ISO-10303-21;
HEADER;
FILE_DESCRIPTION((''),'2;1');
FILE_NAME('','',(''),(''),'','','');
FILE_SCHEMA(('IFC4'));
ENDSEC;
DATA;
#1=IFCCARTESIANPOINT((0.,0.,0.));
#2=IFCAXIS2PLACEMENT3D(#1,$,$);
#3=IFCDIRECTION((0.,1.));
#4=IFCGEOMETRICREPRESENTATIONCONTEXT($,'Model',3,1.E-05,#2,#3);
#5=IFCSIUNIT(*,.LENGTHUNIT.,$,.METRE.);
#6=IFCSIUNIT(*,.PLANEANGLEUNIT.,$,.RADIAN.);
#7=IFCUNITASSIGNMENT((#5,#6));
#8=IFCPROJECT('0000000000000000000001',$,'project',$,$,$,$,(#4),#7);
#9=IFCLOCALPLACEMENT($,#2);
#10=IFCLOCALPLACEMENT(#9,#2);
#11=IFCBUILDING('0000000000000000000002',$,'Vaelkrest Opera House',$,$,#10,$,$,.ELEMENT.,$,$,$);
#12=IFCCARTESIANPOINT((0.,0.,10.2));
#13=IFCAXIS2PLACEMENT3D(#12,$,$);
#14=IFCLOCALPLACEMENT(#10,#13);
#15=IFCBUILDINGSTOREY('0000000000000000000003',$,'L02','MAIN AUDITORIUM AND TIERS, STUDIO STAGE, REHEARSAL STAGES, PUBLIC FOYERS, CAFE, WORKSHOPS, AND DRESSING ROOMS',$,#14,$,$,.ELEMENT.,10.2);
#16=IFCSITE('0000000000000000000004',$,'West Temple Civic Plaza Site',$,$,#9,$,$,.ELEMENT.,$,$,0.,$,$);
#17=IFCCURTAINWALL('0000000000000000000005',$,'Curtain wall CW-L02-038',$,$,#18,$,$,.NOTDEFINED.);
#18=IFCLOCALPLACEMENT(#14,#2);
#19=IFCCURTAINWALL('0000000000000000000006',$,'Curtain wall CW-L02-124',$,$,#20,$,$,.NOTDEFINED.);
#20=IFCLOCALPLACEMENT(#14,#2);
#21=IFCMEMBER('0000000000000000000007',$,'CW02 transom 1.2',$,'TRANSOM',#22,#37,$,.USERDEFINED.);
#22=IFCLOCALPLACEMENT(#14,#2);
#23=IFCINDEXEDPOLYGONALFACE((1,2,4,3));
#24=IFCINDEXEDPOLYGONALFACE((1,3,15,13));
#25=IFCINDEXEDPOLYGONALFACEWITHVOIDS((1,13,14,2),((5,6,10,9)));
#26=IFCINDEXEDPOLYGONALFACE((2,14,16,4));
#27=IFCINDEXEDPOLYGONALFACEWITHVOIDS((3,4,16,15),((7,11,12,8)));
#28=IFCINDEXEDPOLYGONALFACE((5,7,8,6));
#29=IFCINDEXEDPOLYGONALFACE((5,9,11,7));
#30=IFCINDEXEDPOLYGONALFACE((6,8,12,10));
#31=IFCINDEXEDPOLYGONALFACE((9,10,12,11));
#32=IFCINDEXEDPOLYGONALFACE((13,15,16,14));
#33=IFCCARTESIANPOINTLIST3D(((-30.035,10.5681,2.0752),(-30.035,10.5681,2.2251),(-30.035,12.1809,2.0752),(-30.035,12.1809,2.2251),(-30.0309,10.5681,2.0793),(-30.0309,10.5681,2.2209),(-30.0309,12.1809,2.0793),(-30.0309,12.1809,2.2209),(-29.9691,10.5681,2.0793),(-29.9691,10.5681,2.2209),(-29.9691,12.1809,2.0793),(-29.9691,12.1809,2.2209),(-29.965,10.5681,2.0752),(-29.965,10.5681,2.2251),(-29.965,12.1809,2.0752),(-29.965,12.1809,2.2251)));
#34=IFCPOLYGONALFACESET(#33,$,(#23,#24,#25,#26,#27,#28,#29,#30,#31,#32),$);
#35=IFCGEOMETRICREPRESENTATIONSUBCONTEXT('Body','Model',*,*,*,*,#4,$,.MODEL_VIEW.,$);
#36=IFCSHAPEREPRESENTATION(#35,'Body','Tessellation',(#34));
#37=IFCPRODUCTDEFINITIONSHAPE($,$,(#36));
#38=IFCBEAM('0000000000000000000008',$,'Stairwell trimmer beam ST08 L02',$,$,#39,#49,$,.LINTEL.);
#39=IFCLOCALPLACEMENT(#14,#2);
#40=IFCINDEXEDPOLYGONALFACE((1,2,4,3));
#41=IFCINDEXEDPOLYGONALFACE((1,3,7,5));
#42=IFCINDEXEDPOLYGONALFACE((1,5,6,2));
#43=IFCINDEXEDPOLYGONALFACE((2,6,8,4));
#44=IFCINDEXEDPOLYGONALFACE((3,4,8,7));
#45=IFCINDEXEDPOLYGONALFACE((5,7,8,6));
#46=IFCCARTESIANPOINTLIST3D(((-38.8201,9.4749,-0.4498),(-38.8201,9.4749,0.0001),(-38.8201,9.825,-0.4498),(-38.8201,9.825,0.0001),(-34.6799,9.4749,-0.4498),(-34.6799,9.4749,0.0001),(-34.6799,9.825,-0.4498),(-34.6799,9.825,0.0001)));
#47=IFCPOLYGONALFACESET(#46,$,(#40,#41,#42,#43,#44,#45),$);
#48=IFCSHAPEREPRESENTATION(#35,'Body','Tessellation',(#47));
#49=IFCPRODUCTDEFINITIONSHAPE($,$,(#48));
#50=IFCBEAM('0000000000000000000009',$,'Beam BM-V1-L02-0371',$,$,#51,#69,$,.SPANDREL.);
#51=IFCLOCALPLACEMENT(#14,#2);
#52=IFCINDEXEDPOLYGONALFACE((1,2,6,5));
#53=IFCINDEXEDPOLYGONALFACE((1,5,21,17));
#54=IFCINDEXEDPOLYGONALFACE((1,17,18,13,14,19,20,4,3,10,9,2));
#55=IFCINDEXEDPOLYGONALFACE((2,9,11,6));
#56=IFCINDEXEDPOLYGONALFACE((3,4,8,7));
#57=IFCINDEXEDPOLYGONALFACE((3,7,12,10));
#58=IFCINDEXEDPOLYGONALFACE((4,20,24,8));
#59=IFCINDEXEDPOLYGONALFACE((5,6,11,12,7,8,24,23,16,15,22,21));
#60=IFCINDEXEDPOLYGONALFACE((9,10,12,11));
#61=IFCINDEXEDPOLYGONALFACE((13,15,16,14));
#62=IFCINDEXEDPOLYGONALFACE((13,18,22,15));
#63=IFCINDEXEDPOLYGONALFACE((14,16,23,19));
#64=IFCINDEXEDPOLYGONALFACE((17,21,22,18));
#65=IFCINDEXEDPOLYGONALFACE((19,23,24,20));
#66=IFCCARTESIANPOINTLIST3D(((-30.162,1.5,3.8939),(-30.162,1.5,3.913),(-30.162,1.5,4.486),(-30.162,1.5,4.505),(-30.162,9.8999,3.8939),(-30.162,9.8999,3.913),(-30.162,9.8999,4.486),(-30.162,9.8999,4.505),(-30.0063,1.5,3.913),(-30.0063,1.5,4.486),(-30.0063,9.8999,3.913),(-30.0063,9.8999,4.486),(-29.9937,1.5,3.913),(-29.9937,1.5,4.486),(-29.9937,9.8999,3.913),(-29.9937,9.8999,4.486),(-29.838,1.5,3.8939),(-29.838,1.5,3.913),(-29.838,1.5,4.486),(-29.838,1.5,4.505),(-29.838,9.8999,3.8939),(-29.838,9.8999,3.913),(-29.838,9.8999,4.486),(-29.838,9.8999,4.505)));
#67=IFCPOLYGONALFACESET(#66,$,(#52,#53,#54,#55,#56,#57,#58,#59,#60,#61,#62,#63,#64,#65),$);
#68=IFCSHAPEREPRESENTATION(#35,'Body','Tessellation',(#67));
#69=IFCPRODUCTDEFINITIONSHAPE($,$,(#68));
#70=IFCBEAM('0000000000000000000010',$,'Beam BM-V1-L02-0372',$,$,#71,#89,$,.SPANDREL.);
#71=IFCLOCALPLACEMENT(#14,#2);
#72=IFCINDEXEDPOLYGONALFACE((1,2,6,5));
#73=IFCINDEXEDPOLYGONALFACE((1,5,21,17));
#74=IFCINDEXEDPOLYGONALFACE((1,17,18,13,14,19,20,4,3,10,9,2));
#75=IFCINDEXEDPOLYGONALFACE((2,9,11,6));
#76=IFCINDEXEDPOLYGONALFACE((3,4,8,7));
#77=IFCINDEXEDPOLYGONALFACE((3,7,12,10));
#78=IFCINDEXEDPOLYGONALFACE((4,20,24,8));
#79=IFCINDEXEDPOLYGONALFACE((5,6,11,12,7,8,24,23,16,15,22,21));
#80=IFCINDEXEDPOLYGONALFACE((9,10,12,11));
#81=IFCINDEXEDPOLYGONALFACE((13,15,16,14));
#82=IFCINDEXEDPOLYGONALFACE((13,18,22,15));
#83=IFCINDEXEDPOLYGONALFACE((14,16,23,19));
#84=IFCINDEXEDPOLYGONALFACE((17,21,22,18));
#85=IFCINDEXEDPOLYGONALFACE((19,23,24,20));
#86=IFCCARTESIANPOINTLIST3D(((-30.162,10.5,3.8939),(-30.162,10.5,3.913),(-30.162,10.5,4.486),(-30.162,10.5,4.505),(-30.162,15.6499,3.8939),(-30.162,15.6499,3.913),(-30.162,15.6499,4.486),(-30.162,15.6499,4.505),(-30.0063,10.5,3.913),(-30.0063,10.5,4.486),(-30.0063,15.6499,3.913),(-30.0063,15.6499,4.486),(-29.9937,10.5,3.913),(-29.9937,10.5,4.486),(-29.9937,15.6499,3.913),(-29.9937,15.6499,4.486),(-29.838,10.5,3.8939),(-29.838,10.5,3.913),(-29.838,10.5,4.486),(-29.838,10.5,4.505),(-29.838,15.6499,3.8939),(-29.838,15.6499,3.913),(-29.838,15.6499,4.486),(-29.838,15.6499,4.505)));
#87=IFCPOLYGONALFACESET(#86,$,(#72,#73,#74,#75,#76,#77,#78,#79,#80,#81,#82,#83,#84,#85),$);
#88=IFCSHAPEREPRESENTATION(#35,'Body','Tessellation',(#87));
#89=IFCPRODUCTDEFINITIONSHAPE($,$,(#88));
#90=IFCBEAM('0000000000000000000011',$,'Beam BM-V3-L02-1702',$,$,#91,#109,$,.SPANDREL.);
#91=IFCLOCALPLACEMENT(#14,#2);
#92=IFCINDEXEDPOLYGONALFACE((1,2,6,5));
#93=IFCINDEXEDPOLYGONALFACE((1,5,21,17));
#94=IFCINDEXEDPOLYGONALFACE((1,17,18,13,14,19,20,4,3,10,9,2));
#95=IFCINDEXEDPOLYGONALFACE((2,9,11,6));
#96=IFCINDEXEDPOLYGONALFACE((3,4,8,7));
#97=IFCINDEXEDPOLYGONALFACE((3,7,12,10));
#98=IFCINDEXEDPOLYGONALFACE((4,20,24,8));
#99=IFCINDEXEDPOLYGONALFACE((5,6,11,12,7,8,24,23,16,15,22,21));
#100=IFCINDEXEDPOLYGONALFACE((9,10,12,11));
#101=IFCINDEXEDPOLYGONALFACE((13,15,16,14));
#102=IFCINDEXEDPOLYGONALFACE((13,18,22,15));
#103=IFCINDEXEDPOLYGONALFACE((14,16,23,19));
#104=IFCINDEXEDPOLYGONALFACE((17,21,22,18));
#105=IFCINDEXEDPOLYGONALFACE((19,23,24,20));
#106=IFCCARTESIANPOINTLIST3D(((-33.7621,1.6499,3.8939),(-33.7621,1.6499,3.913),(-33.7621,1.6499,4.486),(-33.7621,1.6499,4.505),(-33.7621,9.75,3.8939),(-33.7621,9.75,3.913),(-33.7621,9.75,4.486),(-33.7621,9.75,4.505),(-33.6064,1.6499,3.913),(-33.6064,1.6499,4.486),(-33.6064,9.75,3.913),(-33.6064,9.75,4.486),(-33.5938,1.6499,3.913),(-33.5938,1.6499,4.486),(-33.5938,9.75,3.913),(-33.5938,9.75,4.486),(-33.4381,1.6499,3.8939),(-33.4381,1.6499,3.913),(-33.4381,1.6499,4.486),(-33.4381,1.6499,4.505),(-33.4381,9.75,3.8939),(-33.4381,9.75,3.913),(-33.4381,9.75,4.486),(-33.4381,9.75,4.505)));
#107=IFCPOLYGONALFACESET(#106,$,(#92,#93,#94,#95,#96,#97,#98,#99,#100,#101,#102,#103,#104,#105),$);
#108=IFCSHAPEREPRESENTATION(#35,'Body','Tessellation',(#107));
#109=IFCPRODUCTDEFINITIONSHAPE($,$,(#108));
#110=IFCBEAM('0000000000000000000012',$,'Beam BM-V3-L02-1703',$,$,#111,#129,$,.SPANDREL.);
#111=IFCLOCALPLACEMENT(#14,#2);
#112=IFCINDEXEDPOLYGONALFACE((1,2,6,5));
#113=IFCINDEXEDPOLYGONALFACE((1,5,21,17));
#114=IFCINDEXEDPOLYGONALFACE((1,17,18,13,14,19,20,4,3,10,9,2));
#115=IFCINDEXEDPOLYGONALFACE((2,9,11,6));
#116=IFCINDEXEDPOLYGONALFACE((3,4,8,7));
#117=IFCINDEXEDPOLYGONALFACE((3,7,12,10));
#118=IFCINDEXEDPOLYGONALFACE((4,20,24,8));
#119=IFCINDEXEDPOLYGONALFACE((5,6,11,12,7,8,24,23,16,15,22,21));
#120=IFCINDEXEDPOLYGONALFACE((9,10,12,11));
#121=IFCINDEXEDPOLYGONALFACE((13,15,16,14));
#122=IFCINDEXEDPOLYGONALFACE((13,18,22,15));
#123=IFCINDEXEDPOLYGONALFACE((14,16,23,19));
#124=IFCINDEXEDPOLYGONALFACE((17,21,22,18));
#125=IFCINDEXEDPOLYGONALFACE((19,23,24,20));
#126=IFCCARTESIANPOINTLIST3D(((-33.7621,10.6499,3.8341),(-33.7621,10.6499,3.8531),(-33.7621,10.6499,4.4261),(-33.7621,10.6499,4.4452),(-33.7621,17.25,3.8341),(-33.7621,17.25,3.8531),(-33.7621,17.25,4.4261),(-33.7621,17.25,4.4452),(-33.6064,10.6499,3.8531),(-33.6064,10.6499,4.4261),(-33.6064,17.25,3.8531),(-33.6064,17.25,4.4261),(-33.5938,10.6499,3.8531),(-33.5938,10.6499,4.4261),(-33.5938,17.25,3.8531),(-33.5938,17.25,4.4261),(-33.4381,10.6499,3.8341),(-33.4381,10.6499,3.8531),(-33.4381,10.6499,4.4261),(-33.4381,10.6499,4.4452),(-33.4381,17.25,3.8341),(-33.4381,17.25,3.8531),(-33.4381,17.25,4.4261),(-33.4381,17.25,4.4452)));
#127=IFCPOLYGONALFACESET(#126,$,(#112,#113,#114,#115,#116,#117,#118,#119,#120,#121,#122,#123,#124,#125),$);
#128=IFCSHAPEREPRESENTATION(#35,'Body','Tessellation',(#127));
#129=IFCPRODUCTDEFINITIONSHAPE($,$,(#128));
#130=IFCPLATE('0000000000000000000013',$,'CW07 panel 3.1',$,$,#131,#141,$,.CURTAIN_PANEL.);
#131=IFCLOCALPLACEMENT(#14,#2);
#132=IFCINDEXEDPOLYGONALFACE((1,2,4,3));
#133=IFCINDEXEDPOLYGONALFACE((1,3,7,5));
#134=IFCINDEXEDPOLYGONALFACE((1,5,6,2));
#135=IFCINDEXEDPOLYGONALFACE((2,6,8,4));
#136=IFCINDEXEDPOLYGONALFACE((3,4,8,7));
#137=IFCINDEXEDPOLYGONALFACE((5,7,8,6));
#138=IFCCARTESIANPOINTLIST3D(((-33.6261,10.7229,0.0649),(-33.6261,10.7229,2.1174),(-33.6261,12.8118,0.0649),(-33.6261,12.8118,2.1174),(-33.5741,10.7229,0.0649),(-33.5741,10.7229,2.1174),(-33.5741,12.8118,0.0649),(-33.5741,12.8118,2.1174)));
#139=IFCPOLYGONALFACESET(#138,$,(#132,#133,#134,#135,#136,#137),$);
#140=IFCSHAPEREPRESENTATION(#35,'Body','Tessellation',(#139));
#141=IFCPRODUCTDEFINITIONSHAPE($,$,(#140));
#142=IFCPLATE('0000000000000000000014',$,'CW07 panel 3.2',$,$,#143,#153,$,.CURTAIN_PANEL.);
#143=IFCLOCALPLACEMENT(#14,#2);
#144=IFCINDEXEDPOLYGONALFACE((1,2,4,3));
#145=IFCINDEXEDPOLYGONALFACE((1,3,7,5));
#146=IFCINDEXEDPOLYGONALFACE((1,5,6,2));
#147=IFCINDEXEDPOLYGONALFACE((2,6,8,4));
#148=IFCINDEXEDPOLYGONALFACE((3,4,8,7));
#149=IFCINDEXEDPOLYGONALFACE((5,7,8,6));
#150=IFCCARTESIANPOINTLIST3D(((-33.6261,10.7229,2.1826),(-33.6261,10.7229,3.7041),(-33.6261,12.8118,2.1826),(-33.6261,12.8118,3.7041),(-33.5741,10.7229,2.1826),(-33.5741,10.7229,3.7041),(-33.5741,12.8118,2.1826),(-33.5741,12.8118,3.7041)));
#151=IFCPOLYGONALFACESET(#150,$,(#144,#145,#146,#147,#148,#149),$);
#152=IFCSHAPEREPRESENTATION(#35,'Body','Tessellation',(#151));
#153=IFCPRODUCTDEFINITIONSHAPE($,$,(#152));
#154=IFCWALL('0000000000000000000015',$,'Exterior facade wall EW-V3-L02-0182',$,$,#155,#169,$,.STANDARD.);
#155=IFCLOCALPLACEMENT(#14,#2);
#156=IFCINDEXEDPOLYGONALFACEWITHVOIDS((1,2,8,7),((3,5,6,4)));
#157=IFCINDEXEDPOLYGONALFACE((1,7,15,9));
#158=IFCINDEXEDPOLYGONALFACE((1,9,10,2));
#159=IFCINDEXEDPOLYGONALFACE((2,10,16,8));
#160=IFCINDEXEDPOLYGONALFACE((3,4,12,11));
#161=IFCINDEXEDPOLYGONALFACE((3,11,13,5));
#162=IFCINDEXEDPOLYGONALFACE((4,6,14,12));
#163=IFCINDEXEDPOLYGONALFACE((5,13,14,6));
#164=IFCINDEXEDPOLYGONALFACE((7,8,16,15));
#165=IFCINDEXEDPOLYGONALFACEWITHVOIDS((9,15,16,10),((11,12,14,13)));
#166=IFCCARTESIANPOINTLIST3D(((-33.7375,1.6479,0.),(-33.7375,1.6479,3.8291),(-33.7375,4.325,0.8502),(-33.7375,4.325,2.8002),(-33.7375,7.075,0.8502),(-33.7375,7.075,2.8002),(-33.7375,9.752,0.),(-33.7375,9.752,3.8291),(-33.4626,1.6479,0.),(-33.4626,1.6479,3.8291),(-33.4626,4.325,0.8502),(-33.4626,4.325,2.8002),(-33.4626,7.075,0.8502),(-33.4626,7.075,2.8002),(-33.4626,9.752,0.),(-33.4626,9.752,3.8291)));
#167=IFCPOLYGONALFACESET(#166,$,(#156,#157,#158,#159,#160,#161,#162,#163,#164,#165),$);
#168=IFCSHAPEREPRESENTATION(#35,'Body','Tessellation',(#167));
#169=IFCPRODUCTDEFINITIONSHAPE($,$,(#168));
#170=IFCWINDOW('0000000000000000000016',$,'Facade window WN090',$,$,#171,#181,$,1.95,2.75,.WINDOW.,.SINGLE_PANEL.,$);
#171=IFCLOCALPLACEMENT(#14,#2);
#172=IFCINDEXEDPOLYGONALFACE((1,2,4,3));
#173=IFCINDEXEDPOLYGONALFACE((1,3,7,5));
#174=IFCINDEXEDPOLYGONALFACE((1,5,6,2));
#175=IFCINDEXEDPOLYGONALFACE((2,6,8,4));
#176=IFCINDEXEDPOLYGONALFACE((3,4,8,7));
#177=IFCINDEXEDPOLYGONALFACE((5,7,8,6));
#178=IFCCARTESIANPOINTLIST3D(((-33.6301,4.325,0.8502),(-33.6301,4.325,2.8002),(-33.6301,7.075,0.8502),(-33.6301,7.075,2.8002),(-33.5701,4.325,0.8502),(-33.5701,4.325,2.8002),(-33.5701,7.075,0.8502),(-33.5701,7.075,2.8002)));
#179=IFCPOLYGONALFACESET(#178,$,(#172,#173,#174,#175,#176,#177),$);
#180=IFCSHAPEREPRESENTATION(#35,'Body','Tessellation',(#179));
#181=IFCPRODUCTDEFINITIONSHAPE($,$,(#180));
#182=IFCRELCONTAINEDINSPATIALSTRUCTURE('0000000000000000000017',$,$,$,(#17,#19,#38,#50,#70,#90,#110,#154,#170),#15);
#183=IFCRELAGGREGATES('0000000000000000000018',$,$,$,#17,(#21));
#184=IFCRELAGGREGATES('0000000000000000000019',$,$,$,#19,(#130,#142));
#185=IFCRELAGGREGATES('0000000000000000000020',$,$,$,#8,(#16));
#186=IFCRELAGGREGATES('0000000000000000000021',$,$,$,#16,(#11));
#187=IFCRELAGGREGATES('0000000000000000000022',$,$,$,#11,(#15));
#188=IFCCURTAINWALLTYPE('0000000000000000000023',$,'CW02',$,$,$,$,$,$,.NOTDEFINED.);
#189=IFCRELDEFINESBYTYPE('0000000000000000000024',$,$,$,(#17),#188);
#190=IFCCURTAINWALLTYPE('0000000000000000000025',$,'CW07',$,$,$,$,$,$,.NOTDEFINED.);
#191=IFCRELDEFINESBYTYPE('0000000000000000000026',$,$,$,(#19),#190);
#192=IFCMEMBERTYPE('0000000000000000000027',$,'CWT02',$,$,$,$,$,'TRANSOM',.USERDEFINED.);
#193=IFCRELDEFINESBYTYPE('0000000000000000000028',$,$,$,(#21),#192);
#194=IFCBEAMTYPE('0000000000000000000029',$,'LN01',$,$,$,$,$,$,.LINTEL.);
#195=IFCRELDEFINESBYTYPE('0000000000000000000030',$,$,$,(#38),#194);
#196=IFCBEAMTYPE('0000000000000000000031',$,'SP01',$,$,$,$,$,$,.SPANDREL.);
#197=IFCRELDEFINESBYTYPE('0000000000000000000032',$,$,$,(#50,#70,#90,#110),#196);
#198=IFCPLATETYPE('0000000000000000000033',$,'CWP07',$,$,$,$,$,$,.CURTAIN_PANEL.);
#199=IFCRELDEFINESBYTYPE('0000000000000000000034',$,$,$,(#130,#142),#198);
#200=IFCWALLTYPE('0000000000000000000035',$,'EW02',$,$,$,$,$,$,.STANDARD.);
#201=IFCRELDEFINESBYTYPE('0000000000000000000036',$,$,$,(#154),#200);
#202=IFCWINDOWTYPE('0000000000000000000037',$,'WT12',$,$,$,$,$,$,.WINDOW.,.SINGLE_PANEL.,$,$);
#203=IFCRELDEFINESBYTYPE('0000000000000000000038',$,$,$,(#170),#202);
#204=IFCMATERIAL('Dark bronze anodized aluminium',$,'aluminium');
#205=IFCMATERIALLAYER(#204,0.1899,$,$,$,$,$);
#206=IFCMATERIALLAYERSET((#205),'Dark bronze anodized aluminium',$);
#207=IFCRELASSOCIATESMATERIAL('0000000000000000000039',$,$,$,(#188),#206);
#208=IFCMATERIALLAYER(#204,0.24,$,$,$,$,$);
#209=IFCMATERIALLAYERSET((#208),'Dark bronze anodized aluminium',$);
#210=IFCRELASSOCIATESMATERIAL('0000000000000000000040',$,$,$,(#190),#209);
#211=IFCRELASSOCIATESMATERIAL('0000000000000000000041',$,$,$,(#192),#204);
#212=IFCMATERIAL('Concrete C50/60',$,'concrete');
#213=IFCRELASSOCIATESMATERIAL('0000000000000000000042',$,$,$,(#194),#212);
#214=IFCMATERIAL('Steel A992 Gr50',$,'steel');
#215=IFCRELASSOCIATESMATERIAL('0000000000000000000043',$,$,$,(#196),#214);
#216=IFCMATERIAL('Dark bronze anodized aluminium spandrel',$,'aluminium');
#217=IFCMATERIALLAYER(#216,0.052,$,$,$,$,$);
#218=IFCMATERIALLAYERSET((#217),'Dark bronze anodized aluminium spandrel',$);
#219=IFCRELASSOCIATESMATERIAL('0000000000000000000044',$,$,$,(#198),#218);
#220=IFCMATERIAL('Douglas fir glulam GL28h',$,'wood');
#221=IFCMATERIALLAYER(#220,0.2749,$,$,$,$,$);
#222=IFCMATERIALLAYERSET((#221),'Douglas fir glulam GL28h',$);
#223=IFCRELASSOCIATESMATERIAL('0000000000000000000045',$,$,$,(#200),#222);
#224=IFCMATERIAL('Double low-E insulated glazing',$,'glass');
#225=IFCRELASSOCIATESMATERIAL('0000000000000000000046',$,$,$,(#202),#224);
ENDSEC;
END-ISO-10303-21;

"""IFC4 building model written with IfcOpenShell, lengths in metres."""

from ifc_helpers import new_model, si_unit, direction, frame, frame_2d, origin, origin_2d, place, context, subcontext, project, spatial, rectangle, hollow_rectangle, i_section, extrude, material, layer, layer_set, material_profile, profile_set, type_object, element, fill, aggregate, save


model = new_model("IFC4")

# Units and contexts
model_context = context("Model", 3, precision=1e-05, world=origin(), true_north=direction((0.0, 1.0)))
body_context = subcontext(model_context, "Body", "Model", "MODEL_VIEW")
ifc_project = project(units=[si_unit("LENGTHUNIT", "METRE"), si_unit("PLANEANGLEUNIT", "RADIAN")], contexts=[model_context])

# Site, building, storey
site_placement = place(None, origin())
site = spatial("IfcSite", under=ifc_project, at=site_placement, Name="West Temple Civic Plaza Site", CompositionType="ELEMENT", RefElevation=0.0)
building_placement = place(site_placement, origin())
building = spatial("IfcBuilding", under=site, at=building_placement, Name="Vaelkrest Opera House", CompositionType="ELEMENT")
storey_placement = place(building_placement, frame((0.0, 0.0, 10.2)))
storey = spatial("IfcBuildingStorey", under=building, at=storey_placement, Name="L02", Description="MAIN AUDITORIUM AND TIERS, STUDIO STAGE, REHEARSAL STAGES, PUBLIC FOYERS, CAFE, WORKSHOPS, AND DRESSING ROOMS", CompositionType="ELEMENT", Elevation=10.2)

# Shared definitions
ifc_material_1 = material(Name="Concrete C50/60", Category="concrete")

# Shared definitions
ifc_material_2 = material(Name="Steel A992 Gr50", Category="steel")

# Curtain wall
ifc_material_3 = material(Name="Dark bronze anodized aluminium", Category="aluminium")
ifc_layer_1 = layer(ifc_material_3, 0.1899)
ifc_layer_set_1 = layer_set([ifc_layer_1], Name="Dark bronze anodized aluminium")
curtain_wall_type_1 = type_object("IfcCurtainWallType", Name="CW02", PredefinedType="NOTDEFINED", material=ifc_layer_set_1)
curtain_wall_1_placement = place(storey_placement, origin())
curtain_wall_1 = element("IfcCurtainWall", 1, at=curtain_wall_1_placement, inside=storey, type_object=curtain_wall_type_1, Name="Curtain wall CW-L02-038", PredefinedType="NOTDEFINED")

# Curtain wall
ifc_layer_2 = layer(ifc_material_3, 0.24)
ifc_layer_set_2 = layer_set([ifc_layer_2], Name="Dark bronze anodized aluminium")
curtain_wall_type_2 = type_object("IfcCurtainWallType", Name="CW07", PredefinedType="NOTDEFINED", material=ifc_layer_set_2)
curtain_wall_2_placement = place(storey_placement, origin())
curtain_wall_2 = element("IfcCurtainWall", 2, at=curtain_wall_2_placement, inside=storey, type_object=curtain_wall_type_2, Name="Curtain wall CW-L02-124", PredefinedType="NOTDEFINED")

# Member
ifc_material_profile_1 = material_profile(ifc_material_3, hollow_rectangle(XDim=0.0701, YDim=0.1499, WallThickness=0.0042, at=origin_2d()), Name="CWT70X150")
ifc_profile_set_1 = profile_set([ifc_material_profile_1], Name="Dark bronze anodized aluminium")
member_type_1 = type_object("IfcMemberType", Name="CWT02", ElementType="TRANSOM", PredefinedType="USERDEFINED", material=ifc_profile_set_1)
member_1_placement = place(storey_placement, frame((-30.0, 10.5681, 2.1501), z_axis=(0.0, 1.0, 0.0), x_axis=(-1.0, 0.0, 0.0)))
member_1 = element("IfcMember", 3, at=member_1_placement, type_object=member_type_1, Name="CW02 transom 1.2", ObjectType="TRANSOM", PredefinedType="USERDEFINED", context=body_context, shape_type="SweptSolid", body=[
    extrude(hollow_rectangle(XDim=0.0701, YDim=0.1499, WallThickness=0.0042, at=origin_2d()), origin(), (0.0, 0.0, 1.0), 1.6128),
])
aggregate(curtain_wall_1, [member_1])

# Beams
ifc_material_profile_2 = material_profile(ifc_material_1, rectangle(XDim=0.3501, YDim=0.45, at=origin_2d()), Name="RCB350X450")
ifc_profile_set_2 = profile_set([ifc_material_profile_2], Name="Concrete C50/60")
beam_type_1 = type_object("IfcBeamType", Name="LN01", PredefinedType="LINTEL", material=ifc_profile_set_2)
beam_1_placement = place(storey_placement, frame((-38.8201, 9.6499, -0.2249), z_axis=(1.0, 0.0, 0.0), x_axis=(0.0, 1.0, 0.0)))
element("IfcBeam", 4, at=beam_1_placement, inside=storey, type_object=beam_type_1, Name="Stairwell trimmer beam ST08 L02", PredefinedType="LINTEL", context=body_context, shape_type="SweptSolid", body=[
    extrude(rectangle(XDim=0.3501, YDim=0.45, at=origin_2d()), origin(), (0.0, 0.0, 1.0), 4.1401),
])
ifc_material_profile_3 = material_profile(ifc_material_2, i_section(OverallWidth=0.324, OverallDepth=0.6111, WebThickness=0.0127, FlangeThickness=0.019, at=origin_2d()), Name="W24X104")
ifc_profile_set_3 = profile_set([ifc_material_profile_3], Name="Steel A992 Gr50")
beam_type_2 = type_object("IfcBeamType", Name="SP01", PredefinedType="SPANDREL", material=ifc_profile_set_3)
beam_2_placement = place(storey_placement, frame((-30.0, 1.5, 4.1995), z_axis=(0.0, 1.0, 0.0), x_axis=(-1.0, 0.0, 0.0)))
element("IfcBeam", 5, at=beam_2_placement, inside=storey, type_object=beam_type_2, Name="Beam BM-V1-L02-0371", PredefinedType="SPANDREL", context=body_context, shape_type="SweptSolid", body=[
    extrude(i_section(OverallWidth=0.324, OverallDepth=0.6111, WebThickness=0.0127, FlangeThickness=0.019, at=origin_2d()), origin(), (0.0, 0.0, 1.0), 8.3999),
])
beam_3_placement = place(storey_placement, frame((-30.0, 10.5, 4.1995), z_axis=(0.0, 1.0, 0.0), x_axis=(-1.0, 0.0, 0.0)))
element("IfcBeam", 6, at=beam_3_placement, inside=storey, type_object=beam_type_2, Name="Beam BM-V1-L02-0372", PredefinedType="SPANDREL", context=body_context, shape_type="SweptSolid", body=[
    extrude(i_section(OverallWidth=0.324, OverallDepth=0.6111, WebThickness=0.0127, FlangeThickness=0.019, at=origin_2d()), origin(), (0.0, 0.0, 1.0), 5.1499),
])
beam_4_placement = place(storey_placement, frame((-33.6001, 1.6499, 4.1995), z_axis=(0.0, 1.0, 0.0), x_axis=(-1.0, 0.0, 0.0)))
element("IfcBeam", 7, at=beam_4_placement, inside=storey, type_object=beam_type_2, Name="Beam BM-V3-L02-1702", PredefinedType="SPANDREL", context=body_context, shape_type="SweptSolid", body=[
    extrude(i_section(OverallWidth=0.324, OverallDepth=0.6111, WebThickness=0.0127, FlangeThickness=0.019, at=origin_2d()), origin(), (0.0, 0.0, 1.0), 8.1001),
])
beam_5_placement = place(storey_placement, frame((-33.6001, 10.6499, 4.1396), z_axis=(0.0, 1.0, 0.0), x_axis=(-1.0, 0.0, 0.0)))
element("IfcBeam", 8, at=beam_5_placement, inside=storey, type_object=beam_type_2, Name="Beam BM-V3-L02-1703", PredefinedType="SPANDREL", context=body_context, shape_type="SweptSolid", body=[
    extrude(i_section(OverallWidth=0.324, OverallDepth=0.6111, WebThickness=0.0127, FlangeThickness=0.019, at=origin_2d()), origin(), (0.0, 0.0, 1.0), 6.6001),
])

# Plates
ifc_material_4 = material(Name="Dark bronze anodized aluminium spandrel", Category="aluminium")
ifc_layer_3 = layer(ifc_material_4, 0.052)
ifc_layer_set_3 = layer_set([ifc_layer_3], Name="Dark bronze anodized aluminium spandrel")
plate_type = type_object("IfcPlateType", Name="CWP07", PredefinedType="CURTAIN_PANEL", material=ifc_layer_set_3)
plate_1_placement = place(storey_placement, frame((-33.6001, 11.7673, 0.0649), z_axis=(0.0, 0.0, 1.0), x_axis=(0.0, -1.0, 0.0)))
plate_1 = element("IfcPlate", 9, at=plate_1_placement, type_object=plate_type, Name="CW07 panel 3.1", PredefinedType="CURTAIN_PANEL", context=body_context, shape_type="SweptSolid", body=[
    extrude(rectangle(XDim=2.0889, YDim=0.052, at=origin_2d()), origin(), (0.0, 0.0, 1.0), 2.0525),
])
plate_2_placement = place(storey_placement, frame((-33.6001, 11.7673, 2.1826), z_axis=(0.0, 0.0, 1.0), x_axis=(0.0, -1.0, 0.0)))
plate_2 = element("IfcPlate", 10, at=plate_2_placement, type_object=plate_type, Name="CW07 panel 3.2", PredefinedType="CURTAIN_PANEL", context=body_context, shape_type="SweptSolid", body=[
    extrude(rectangle(XDim=2.0889, YDim=0.052, at=origin_2d()), origin(), (0.0, 0.0, 1.0), 1.5215),
])
aggregate(curtain_wall_2, [plate_1, plate_2])

# Wall, opening, window
ifc_material_5 = material(Name="Douglas fir glulam GL28h", Category="wood")
ifc_layer_4 = layer(ifc_material_5, 0.2749)
ifc_layer_set_4 = layer_set([ifc_layer_4], Name="Douglas fir glulam GL28h")
wall_type_1 = type_object("IfcWallType", Name="EW02", PredefinedType="STANDARD", material=ifc_layer_set_4)
wall_1_placement = place(storey_placement, frame((-33.6001, 9.752, 0.0), z_axis=(0.0, 0.0, 1.0), x_axis=(0.0, -1.0, 0.0)))
wall_1 = element("IfcWall", 11, at=wall_1_placement, inside=storey, type_object=wall_type_1, Name="Exterior facade wall EW-V3-L02-0182", PredefinedType="STANDARD", context=body_context, shape_type="SweptSolid", body=[
    extrude(rectangle(XDim=8.104, YDim=0.2749, at=frame_2d((4.052, 0.0))), origin(), (0.0, 0.0, 1.0), 3.8291),
])
opening_1_placement = place(wall_1_placement, frame((2.677, 0.0, 0.8501)))
opening_1 = element("IfcOpeningElement", 12, at=opening_1_placement, cuts=wall_1, PredefinedType="OPENING", context=body_context, shape_type="SweptSolid", body=[
    extrude(rectangle(XDim=2.75, YDim=1.95, at=frame_2d((1.375, 0.9751))), frame((0.0, 0.1475, 0.0), z_axis=(0.0, -1.0, 0.0), x_axis=(1.0, 0.0, 0.0)), (0.0, 0.0, 1.0), 0.2949),
])
ifc_material_6 = material(Name="Double low-E insulated glazing", Category="glass")
window_type_1 = type_object("IfcWindowType", Name="WT12", PartitioningType="SINGLE_PANEL", PredefinedType="WINDOW", material=ifc_material_6)
window_1_placement = place(opening_1_placement, origin())
window_1 = element("IfcWindow", 13, at=window_1_placement, inside=storey, type_object=window_type_1, Name="Facade window WN090", OverallHeight=1.95, OverallWidth=2.75, PartitioningType="SINGLE_PANEL", PredefinedType="WINDOW", context=body_context, shape_type="SweptSolid", body=[
    extrude(rectangle(XDim=2.75, YDim=1.95, at=frame_2d((1.375, 0.9751))), frame((0.0, 0.03, 0.0), z_axis=(0.0, -1.0, 0.0), x_axis=(1.0, 0.0, 0.0)), (0.0, 0.0, 1.0), 0.0601),
])
fill(opening_1, window_1)

save(model, "model.ifc")
